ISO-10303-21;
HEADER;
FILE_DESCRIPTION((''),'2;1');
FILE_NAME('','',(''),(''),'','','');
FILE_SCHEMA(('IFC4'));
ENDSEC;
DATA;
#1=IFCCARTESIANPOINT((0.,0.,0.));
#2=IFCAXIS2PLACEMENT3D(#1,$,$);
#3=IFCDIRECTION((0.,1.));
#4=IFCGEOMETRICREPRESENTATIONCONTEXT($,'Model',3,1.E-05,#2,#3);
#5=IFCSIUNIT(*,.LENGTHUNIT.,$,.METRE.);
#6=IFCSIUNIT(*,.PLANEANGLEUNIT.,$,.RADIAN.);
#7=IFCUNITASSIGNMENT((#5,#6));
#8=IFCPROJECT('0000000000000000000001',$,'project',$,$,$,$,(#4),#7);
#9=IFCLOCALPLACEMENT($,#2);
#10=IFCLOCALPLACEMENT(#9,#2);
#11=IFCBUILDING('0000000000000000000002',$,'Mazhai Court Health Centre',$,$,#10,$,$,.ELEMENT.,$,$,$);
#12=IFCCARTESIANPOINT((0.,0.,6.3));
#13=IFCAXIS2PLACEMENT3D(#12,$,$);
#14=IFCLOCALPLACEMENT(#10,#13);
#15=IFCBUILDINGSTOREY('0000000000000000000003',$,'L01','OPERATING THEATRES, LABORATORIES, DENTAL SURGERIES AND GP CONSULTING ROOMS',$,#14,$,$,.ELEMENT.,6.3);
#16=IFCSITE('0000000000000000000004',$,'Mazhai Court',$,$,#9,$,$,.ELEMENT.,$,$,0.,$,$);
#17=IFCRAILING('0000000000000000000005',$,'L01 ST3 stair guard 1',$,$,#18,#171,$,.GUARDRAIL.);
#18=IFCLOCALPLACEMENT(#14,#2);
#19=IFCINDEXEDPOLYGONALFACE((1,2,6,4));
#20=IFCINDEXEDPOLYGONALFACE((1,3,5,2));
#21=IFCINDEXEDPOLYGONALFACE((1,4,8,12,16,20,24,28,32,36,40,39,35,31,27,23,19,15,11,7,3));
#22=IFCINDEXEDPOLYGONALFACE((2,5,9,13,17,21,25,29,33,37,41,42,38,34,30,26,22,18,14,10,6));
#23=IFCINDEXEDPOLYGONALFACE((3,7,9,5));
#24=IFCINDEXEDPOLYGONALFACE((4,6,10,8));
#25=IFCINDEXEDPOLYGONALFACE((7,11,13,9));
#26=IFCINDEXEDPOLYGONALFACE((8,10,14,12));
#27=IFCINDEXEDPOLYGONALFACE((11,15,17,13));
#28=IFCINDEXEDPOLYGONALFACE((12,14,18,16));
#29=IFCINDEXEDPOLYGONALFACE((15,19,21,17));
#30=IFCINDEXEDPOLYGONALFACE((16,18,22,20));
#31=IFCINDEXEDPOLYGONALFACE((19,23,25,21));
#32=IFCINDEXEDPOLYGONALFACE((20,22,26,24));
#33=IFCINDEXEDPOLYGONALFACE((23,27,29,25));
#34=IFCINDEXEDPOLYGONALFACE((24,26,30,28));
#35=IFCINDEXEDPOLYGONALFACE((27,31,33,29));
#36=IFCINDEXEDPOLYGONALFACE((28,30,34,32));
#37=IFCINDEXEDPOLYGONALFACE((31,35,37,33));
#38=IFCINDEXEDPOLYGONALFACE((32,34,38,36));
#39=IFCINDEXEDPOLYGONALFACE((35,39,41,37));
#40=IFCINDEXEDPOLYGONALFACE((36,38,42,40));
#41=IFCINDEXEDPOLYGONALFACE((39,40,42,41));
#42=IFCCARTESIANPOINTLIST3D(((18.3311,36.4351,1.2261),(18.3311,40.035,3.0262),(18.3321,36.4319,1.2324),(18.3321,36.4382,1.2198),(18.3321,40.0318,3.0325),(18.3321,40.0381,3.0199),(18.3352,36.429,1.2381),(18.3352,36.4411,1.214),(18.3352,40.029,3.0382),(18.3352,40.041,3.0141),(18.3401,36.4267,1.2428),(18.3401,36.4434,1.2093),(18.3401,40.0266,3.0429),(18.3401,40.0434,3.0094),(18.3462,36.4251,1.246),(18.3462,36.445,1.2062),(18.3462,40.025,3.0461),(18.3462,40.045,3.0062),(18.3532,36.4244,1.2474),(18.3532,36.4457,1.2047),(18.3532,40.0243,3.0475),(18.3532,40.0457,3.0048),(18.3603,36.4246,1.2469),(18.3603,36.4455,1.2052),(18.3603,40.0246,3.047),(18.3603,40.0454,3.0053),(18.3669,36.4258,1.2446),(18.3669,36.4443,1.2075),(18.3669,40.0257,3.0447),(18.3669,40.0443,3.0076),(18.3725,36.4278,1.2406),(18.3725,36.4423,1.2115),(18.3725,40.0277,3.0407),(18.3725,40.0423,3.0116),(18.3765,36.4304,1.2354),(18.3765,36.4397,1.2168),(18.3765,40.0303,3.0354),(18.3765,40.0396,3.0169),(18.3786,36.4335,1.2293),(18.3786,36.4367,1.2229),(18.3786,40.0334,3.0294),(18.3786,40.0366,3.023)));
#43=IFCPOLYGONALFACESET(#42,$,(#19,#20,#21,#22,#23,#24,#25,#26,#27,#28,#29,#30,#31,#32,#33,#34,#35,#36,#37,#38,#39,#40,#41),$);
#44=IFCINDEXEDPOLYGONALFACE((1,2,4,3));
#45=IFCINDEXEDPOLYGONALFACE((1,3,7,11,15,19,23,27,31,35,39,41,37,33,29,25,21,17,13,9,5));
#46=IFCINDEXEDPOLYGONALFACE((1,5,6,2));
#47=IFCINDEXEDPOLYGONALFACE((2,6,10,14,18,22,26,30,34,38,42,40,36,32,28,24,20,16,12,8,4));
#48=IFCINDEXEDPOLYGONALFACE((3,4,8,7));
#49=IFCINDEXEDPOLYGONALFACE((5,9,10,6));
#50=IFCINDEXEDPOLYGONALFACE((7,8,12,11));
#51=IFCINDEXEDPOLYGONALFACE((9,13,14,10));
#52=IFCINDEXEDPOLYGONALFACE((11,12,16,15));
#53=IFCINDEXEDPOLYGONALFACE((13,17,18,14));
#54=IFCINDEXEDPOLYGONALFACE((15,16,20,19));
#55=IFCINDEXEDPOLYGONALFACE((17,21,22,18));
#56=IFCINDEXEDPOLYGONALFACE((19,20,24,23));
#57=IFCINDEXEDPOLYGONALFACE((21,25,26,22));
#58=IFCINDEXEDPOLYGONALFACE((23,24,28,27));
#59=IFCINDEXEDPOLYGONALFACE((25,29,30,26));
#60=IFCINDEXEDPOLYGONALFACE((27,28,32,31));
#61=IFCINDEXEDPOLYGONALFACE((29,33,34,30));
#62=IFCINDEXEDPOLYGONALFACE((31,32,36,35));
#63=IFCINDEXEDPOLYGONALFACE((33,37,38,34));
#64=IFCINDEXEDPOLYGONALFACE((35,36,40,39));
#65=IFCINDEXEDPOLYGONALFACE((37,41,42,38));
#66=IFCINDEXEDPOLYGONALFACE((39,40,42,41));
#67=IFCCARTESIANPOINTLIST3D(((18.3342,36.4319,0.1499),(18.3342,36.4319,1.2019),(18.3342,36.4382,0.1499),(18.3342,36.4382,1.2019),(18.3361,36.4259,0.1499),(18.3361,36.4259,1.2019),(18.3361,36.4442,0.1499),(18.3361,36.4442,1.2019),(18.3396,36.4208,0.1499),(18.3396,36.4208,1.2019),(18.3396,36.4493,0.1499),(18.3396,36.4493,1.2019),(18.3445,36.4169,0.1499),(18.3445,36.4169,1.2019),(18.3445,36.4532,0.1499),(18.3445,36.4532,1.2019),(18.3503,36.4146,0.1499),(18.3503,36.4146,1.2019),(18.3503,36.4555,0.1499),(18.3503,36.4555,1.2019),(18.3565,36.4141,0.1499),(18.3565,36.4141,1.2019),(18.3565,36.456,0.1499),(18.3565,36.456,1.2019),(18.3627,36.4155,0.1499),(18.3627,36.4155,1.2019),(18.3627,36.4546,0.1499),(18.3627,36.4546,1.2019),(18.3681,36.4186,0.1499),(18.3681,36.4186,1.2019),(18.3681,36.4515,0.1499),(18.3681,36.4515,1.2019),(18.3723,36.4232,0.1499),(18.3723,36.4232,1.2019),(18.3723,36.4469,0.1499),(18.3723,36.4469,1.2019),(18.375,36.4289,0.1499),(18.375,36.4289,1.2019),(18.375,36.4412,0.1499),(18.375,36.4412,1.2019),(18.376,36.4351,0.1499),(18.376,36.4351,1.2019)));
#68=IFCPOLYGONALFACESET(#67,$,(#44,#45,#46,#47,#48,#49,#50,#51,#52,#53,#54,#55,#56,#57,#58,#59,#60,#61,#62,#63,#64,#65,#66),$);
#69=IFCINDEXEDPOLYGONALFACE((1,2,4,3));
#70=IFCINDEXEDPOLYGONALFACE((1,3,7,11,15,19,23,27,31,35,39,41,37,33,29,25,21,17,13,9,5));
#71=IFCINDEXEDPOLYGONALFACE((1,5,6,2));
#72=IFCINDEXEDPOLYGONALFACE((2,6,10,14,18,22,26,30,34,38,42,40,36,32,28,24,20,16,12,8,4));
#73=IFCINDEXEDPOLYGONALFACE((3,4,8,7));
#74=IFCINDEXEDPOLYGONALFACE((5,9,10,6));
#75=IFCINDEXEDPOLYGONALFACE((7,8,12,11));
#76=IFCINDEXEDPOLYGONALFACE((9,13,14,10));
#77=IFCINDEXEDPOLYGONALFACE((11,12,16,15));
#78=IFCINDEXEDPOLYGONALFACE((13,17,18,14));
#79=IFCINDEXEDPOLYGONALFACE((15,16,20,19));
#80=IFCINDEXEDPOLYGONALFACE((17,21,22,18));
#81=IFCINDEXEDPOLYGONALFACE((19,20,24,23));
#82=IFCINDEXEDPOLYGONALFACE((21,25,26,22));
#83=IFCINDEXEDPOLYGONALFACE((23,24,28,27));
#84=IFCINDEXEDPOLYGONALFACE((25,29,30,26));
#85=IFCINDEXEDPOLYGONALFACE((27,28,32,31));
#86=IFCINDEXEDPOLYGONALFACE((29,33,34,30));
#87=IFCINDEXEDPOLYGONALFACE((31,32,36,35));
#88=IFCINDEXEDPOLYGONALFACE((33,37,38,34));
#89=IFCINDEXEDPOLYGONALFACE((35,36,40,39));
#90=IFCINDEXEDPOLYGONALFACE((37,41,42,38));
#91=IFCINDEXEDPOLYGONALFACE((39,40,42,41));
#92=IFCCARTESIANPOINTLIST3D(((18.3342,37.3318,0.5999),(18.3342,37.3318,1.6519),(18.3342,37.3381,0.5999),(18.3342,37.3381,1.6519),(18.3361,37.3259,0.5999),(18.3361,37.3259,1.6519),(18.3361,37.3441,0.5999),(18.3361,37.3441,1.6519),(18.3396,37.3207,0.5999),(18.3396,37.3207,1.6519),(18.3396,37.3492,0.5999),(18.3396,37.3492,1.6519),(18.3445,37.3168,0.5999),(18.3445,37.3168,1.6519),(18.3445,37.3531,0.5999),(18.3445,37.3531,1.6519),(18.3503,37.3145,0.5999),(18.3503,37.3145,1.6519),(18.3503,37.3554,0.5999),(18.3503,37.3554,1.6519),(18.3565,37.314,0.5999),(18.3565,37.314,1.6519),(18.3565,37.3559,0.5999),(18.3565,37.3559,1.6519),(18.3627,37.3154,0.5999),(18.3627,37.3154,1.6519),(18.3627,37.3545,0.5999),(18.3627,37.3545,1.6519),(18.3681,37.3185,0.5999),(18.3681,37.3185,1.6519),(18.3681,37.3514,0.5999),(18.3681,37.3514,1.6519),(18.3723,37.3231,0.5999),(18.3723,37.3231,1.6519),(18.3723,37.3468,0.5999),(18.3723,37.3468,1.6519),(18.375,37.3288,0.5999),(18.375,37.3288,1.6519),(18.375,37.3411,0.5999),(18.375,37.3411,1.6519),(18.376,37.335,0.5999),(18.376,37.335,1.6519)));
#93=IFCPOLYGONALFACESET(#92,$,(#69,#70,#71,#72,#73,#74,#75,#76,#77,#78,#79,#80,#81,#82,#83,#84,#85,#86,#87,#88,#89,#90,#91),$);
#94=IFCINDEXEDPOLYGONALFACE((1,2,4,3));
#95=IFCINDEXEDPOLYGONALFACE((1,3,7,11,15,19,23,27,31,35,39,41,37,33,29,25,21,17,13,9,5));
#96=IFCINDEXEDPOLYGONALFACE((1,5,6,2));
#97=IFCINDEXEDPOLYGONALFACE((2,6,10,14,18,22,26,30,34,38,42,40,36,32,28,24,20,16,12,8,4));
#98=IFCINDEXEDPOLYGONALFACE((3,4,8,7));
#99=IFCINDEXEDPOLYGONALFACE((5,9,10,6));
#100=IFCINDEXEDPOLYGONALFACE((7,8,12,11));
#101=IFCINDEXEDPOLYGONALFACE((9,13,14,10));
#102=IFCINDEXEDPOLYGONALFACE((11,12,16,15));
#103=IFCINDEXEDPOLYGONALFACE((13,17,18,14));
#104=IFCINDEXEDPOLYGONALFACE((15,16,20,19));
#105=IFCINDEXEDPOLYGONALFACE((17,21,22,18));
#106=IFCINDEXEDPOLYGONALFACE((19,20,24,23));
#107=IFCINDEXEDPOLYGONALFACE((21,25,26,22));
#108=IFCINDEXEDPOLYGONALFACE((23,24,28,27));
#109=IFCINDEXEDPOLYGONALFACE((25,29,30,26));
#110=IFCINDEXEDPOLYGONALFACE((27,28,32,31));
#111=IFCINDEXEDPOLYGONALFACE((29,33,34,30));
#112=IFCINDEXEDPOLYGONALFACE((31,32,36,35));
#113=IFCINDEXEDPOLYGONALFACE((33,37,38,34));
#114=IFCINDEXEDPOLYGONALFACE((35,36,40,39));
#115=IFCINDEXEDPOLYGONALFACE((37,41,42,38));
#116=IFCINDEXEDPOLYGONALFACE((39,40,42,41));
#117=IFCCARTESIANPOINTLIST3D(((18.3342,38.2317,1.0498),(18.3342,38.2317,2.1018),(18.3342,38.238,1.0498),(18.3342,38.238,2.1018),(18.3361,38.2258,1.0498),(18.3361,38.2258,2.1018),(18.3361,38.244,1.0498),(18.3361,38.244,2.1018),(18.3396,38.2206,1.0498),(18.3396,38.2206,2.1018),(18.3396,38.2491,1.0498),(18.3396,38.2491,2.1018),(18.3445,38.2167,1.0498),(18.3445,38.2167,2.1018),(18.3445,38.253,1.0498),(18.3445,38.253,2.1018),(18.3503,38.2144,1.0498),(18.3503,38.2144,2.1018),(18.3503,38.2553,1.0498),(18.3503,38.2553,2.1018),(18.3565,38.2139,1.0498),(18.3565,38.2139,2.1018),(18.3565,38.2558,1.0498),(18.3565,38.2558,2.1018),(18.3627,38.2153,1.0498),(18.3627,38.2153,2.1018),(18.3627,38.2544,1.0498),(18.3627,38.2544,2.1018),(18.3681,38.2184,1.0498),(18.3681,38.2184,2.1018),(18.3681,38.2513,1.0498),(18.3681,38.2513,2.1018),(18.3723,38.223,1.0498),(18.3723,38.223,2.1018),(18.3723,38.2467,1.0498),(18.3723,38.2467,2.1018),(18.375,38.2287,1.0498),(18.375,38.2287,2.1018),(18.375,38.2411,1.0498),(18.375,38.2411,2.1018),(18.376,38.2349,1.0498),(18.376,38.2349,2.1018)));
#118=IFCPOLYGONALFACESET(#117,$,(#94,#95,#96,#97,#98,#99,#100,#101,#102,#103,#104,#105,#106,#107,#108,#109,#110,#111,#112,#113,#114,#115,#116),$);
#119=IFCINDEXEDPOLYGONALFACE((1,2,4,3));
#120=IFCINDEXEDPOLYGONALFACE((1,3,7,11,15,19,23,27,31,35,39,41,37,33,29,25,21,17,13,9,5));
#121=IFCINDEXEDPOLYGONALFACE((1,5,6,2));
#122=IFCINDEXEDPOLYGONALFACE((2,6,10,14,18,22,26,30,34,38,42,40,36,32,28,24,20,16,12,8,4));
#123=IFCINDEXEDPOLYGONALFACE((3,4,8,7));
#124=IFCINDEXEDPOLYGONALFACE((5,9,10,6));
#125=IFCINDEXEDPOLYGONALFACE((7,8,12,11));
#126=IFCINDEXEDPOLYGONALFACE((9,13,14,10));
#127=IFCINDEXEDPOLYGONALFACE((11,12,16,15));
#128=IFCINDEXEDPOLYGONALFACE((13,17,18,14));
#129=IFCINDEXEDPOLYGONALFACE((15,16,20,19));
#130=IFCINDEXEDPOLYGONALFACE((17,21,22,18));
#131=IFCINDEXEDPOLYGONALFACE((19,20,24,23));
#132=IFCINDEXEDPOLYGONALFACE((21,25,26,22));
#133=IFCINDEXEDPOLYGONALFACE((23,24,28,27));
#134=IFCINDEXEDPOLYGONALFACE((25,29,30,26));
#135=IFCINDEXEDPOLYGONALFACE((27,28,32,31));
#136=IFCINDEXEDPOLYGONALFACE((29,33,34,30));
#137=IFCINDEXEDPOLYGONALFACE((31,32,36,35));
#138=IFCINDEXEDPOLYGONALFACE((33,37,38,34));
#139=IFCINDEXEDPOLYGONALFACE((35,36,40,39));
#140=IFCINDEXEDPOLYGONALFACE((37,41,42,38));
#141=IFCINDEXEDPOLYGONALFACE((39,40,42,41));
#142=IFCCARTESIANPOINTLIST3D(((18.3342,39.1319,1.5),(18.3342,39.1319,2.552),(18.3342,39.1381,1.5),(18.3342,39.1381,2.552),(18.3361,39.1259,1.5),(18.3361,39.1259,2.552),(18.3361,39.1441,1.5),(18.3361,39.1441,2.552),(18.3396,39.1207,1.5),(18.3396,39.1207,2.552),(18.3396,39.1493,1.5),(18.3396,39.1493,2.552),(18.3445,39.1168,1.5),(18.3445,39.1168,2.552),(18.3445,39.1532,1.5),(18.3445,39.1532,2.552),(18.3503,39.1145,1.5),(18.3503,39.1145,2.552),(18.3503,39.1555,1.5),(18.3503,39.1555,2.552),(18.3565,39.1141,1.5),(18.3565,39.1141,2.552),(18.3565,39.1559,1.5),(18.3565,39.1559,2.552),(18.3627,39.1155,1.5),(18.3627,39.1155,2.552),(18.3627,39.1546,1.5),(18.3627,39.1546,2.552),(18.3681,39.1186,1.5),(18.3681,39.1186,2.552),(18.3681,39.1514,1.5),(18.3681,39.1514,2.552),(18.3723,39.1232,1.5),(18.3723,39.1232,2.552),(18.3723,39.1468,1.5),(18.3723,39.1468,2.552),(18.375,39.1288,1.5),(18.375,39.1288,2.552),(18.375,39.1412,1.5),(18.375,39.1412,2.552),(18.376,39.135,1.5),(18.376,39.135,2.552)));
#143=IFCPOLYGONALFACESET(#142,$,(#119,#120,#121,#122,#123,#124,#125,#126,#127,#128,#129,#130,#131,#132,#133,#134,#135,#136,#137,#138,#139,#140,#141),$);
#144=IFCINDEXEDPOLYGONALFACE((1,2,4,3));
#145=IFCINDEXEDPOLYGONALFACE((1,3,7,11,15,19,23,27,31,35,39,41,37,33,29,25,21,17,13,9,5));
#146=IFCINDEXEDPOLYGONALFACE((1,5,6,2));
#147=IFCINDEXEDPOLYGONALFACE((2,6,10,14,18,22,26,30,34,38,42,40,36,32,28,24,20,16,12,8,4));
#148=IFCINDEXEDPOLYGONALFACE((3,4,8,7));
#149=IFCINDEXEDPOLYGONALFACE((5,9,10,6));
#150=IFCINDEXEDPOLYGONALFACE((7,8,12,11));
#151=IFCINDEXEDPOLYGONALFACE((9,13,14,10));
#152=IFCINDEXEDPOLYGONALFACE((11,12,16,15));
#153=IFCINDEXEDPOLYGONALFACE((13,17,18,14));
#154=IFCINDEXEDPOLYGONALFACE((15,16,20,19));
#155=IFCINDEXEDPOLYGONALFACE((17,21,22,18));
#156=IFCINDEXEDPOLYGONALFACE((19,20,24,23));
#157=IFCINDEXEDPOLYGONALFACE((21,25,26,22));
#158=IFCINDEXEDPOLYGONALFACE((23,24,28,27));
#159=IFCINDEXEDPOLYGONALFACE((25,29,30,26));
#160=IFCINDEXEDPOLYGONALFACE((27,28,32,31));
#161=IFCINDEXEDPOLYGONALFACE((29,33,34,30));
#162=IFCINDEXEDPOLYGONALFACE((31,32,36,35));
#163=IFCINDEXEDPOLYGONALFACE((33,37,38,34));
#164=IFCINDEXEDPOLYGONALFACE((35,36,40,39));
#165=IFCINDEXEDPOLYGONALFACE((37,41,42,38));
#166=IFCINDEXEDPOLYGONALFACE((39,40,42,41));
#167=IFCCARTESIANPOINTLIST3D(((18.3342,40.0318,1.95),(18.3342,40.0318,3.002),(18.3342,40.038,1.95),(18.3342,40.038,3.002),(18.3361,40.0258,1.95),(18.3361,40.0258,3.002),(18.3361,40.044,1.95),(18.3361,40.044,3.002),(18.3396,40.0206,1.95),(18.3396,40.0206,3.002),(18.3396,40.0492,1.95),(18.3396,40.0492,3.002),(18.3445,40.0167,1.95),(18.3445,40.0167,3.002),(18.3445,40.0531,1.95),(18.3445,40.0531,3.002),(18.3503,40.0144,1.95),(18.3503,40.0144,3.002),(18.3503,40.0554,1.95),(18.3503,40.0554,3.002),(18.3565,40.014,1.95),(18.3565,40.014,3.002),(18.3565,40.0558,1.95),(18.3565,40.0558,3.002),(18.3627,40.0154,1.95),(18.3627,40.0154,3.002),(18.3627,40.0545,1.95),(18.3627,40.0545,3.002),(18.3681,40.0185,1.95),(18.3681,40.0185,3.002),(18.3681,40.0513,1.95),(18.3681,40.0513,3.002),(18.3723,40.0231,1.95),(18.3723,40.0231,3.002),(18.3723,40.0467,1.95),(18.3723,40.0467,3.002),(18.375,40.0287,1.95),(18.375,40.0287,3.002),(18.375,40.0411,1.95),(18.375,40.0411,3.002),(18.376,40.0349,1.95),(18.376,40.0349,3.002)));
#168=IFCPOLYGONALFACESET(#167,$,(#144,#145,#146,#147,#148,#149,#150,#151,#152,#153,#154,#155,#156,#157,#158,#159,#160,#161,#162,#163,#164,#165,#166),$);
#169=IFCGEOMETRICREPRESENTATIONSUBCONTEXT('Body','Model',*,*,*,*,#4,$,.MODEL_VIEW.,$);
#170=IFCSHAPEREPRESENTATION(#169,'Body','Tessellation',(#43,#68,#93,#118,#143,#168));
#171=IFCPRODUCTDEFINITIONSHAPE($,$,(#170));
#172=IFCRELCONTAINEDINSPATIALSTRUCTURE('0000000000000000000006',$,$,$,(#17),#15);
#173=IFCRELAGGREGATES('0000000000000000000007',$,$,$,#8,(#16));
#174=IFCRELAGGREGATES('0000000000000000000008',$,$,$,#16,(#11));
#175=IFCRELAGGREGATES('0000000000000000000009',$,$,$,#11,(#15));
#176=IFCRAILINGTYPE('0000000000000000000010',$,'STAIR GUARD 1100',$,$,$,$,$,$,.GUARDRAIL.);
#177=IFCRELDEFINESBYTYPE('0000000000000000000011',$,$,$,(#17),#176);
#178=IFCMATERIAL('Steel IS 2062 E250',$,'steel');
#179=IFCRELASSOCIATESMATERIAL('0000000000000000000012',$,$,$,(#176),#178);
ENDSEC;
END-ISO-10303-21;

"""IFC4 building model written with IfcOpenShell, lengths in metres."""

from ifc_helpers import new_model, si_unit, direction, frame, origin, origin_2d, place, context, subcontext, project, spatial, circle, extrude, material, type_object, element, save


model = new_model("IFC4")

# Units and contexts
model_context = context("Model", 3, precision=1e-05, world=origin(), true_north=direction((0.0, 1.0)))
body_context = subcontext(model_context, "Body", "Model", "MODEL_VIEW")
ifc_project = project(units=[si_unit("LENGTHUNIT", "METRE"), si_unit("PLANEANGLEUNIT", "RADIAN")], contexts=[model_context])

# Site, building, storey
site_placement = place(None, origin())
site = spatial("IfcSite", under=ifc_project, at=site_placement, Name="Mazhai Court", CompositionType="ELEMENT", RefElevation=0.0)
building_placement = place(site_placement, origin())
building = spatial("IfcBuilding", under=site, at=building_placement, Name="Mazhai Court Health Centre", CompositionType="ELEMENT")
storey_placement = place(building_placement, frame((0.0, 0.0, 6.3)))
storey = spatial("IfcBuildingStorey", under=building, at=storey_placement, Name="L01", Description="OPERATING THEATRES, LABORATORIES, DENTAL SURGERIES AND GP CONSULTING ROOMS", CompositionType="ELEMENT", Elevation=6.3)

# Railing
ifc_material_1 = material(Name="Steel IS 2062 E250", Category="steel")
railing_type_1 = type_object("IfcRailingType", Name="STAIR GUARD 1100", PredefinedType="GUARDRAIL", material=ifc_material_1)
railing_1_placement = place(storey_placement, frame((18.355, 36.4351, 0.1499)))
element("IfcRailing", 1, at=railing_1_placement, inside=storey, type_object=railing_type_1, Name="L01 ST3 stair guard 1", PredefinedType="GUARDRAIL", context=body_context, shape_type="SweptSolid", body=[
    extrude(circle(Radius=0.0239, at=origin_2d()), frame((0.0, 0.0, 1.0762), z_axis=(0.0, 0.894415, 0.447238), x_axis=(-1.0, 0.0, 0.0)), (0.0, 0.0, 1.0), 4.0249),
    extrude(circle(Radius=0.021, at=origin_2d()), origin(), (0.0, 0.0, 1.0), 1.052),
    extrude(circle(Radius=0.021, at=origin_2d()), frame((0.0, 0.8999, 0.45)), (0.0, 0.0, 1.0), 1.052),
    extrude(circle(Radius=0.021, at=origin_2d()), frame((0.0, 1.7998, 0.8999)), (0.0, 0.0, 1.0), 1.052),
    extrude(circle(Radius=0.021, at=origin_2d()), frame((0.0, 2.7, 1.3501)), (0.0, 0.0, 1.0), 1.052),
    extrude(circle(Radius=0.021, at=origin_2d()), frame((0.0, 3.5999, 1.8)), (0.0, 0.0, 1.0), 1.052),
])

save(model, "model.ifc")
